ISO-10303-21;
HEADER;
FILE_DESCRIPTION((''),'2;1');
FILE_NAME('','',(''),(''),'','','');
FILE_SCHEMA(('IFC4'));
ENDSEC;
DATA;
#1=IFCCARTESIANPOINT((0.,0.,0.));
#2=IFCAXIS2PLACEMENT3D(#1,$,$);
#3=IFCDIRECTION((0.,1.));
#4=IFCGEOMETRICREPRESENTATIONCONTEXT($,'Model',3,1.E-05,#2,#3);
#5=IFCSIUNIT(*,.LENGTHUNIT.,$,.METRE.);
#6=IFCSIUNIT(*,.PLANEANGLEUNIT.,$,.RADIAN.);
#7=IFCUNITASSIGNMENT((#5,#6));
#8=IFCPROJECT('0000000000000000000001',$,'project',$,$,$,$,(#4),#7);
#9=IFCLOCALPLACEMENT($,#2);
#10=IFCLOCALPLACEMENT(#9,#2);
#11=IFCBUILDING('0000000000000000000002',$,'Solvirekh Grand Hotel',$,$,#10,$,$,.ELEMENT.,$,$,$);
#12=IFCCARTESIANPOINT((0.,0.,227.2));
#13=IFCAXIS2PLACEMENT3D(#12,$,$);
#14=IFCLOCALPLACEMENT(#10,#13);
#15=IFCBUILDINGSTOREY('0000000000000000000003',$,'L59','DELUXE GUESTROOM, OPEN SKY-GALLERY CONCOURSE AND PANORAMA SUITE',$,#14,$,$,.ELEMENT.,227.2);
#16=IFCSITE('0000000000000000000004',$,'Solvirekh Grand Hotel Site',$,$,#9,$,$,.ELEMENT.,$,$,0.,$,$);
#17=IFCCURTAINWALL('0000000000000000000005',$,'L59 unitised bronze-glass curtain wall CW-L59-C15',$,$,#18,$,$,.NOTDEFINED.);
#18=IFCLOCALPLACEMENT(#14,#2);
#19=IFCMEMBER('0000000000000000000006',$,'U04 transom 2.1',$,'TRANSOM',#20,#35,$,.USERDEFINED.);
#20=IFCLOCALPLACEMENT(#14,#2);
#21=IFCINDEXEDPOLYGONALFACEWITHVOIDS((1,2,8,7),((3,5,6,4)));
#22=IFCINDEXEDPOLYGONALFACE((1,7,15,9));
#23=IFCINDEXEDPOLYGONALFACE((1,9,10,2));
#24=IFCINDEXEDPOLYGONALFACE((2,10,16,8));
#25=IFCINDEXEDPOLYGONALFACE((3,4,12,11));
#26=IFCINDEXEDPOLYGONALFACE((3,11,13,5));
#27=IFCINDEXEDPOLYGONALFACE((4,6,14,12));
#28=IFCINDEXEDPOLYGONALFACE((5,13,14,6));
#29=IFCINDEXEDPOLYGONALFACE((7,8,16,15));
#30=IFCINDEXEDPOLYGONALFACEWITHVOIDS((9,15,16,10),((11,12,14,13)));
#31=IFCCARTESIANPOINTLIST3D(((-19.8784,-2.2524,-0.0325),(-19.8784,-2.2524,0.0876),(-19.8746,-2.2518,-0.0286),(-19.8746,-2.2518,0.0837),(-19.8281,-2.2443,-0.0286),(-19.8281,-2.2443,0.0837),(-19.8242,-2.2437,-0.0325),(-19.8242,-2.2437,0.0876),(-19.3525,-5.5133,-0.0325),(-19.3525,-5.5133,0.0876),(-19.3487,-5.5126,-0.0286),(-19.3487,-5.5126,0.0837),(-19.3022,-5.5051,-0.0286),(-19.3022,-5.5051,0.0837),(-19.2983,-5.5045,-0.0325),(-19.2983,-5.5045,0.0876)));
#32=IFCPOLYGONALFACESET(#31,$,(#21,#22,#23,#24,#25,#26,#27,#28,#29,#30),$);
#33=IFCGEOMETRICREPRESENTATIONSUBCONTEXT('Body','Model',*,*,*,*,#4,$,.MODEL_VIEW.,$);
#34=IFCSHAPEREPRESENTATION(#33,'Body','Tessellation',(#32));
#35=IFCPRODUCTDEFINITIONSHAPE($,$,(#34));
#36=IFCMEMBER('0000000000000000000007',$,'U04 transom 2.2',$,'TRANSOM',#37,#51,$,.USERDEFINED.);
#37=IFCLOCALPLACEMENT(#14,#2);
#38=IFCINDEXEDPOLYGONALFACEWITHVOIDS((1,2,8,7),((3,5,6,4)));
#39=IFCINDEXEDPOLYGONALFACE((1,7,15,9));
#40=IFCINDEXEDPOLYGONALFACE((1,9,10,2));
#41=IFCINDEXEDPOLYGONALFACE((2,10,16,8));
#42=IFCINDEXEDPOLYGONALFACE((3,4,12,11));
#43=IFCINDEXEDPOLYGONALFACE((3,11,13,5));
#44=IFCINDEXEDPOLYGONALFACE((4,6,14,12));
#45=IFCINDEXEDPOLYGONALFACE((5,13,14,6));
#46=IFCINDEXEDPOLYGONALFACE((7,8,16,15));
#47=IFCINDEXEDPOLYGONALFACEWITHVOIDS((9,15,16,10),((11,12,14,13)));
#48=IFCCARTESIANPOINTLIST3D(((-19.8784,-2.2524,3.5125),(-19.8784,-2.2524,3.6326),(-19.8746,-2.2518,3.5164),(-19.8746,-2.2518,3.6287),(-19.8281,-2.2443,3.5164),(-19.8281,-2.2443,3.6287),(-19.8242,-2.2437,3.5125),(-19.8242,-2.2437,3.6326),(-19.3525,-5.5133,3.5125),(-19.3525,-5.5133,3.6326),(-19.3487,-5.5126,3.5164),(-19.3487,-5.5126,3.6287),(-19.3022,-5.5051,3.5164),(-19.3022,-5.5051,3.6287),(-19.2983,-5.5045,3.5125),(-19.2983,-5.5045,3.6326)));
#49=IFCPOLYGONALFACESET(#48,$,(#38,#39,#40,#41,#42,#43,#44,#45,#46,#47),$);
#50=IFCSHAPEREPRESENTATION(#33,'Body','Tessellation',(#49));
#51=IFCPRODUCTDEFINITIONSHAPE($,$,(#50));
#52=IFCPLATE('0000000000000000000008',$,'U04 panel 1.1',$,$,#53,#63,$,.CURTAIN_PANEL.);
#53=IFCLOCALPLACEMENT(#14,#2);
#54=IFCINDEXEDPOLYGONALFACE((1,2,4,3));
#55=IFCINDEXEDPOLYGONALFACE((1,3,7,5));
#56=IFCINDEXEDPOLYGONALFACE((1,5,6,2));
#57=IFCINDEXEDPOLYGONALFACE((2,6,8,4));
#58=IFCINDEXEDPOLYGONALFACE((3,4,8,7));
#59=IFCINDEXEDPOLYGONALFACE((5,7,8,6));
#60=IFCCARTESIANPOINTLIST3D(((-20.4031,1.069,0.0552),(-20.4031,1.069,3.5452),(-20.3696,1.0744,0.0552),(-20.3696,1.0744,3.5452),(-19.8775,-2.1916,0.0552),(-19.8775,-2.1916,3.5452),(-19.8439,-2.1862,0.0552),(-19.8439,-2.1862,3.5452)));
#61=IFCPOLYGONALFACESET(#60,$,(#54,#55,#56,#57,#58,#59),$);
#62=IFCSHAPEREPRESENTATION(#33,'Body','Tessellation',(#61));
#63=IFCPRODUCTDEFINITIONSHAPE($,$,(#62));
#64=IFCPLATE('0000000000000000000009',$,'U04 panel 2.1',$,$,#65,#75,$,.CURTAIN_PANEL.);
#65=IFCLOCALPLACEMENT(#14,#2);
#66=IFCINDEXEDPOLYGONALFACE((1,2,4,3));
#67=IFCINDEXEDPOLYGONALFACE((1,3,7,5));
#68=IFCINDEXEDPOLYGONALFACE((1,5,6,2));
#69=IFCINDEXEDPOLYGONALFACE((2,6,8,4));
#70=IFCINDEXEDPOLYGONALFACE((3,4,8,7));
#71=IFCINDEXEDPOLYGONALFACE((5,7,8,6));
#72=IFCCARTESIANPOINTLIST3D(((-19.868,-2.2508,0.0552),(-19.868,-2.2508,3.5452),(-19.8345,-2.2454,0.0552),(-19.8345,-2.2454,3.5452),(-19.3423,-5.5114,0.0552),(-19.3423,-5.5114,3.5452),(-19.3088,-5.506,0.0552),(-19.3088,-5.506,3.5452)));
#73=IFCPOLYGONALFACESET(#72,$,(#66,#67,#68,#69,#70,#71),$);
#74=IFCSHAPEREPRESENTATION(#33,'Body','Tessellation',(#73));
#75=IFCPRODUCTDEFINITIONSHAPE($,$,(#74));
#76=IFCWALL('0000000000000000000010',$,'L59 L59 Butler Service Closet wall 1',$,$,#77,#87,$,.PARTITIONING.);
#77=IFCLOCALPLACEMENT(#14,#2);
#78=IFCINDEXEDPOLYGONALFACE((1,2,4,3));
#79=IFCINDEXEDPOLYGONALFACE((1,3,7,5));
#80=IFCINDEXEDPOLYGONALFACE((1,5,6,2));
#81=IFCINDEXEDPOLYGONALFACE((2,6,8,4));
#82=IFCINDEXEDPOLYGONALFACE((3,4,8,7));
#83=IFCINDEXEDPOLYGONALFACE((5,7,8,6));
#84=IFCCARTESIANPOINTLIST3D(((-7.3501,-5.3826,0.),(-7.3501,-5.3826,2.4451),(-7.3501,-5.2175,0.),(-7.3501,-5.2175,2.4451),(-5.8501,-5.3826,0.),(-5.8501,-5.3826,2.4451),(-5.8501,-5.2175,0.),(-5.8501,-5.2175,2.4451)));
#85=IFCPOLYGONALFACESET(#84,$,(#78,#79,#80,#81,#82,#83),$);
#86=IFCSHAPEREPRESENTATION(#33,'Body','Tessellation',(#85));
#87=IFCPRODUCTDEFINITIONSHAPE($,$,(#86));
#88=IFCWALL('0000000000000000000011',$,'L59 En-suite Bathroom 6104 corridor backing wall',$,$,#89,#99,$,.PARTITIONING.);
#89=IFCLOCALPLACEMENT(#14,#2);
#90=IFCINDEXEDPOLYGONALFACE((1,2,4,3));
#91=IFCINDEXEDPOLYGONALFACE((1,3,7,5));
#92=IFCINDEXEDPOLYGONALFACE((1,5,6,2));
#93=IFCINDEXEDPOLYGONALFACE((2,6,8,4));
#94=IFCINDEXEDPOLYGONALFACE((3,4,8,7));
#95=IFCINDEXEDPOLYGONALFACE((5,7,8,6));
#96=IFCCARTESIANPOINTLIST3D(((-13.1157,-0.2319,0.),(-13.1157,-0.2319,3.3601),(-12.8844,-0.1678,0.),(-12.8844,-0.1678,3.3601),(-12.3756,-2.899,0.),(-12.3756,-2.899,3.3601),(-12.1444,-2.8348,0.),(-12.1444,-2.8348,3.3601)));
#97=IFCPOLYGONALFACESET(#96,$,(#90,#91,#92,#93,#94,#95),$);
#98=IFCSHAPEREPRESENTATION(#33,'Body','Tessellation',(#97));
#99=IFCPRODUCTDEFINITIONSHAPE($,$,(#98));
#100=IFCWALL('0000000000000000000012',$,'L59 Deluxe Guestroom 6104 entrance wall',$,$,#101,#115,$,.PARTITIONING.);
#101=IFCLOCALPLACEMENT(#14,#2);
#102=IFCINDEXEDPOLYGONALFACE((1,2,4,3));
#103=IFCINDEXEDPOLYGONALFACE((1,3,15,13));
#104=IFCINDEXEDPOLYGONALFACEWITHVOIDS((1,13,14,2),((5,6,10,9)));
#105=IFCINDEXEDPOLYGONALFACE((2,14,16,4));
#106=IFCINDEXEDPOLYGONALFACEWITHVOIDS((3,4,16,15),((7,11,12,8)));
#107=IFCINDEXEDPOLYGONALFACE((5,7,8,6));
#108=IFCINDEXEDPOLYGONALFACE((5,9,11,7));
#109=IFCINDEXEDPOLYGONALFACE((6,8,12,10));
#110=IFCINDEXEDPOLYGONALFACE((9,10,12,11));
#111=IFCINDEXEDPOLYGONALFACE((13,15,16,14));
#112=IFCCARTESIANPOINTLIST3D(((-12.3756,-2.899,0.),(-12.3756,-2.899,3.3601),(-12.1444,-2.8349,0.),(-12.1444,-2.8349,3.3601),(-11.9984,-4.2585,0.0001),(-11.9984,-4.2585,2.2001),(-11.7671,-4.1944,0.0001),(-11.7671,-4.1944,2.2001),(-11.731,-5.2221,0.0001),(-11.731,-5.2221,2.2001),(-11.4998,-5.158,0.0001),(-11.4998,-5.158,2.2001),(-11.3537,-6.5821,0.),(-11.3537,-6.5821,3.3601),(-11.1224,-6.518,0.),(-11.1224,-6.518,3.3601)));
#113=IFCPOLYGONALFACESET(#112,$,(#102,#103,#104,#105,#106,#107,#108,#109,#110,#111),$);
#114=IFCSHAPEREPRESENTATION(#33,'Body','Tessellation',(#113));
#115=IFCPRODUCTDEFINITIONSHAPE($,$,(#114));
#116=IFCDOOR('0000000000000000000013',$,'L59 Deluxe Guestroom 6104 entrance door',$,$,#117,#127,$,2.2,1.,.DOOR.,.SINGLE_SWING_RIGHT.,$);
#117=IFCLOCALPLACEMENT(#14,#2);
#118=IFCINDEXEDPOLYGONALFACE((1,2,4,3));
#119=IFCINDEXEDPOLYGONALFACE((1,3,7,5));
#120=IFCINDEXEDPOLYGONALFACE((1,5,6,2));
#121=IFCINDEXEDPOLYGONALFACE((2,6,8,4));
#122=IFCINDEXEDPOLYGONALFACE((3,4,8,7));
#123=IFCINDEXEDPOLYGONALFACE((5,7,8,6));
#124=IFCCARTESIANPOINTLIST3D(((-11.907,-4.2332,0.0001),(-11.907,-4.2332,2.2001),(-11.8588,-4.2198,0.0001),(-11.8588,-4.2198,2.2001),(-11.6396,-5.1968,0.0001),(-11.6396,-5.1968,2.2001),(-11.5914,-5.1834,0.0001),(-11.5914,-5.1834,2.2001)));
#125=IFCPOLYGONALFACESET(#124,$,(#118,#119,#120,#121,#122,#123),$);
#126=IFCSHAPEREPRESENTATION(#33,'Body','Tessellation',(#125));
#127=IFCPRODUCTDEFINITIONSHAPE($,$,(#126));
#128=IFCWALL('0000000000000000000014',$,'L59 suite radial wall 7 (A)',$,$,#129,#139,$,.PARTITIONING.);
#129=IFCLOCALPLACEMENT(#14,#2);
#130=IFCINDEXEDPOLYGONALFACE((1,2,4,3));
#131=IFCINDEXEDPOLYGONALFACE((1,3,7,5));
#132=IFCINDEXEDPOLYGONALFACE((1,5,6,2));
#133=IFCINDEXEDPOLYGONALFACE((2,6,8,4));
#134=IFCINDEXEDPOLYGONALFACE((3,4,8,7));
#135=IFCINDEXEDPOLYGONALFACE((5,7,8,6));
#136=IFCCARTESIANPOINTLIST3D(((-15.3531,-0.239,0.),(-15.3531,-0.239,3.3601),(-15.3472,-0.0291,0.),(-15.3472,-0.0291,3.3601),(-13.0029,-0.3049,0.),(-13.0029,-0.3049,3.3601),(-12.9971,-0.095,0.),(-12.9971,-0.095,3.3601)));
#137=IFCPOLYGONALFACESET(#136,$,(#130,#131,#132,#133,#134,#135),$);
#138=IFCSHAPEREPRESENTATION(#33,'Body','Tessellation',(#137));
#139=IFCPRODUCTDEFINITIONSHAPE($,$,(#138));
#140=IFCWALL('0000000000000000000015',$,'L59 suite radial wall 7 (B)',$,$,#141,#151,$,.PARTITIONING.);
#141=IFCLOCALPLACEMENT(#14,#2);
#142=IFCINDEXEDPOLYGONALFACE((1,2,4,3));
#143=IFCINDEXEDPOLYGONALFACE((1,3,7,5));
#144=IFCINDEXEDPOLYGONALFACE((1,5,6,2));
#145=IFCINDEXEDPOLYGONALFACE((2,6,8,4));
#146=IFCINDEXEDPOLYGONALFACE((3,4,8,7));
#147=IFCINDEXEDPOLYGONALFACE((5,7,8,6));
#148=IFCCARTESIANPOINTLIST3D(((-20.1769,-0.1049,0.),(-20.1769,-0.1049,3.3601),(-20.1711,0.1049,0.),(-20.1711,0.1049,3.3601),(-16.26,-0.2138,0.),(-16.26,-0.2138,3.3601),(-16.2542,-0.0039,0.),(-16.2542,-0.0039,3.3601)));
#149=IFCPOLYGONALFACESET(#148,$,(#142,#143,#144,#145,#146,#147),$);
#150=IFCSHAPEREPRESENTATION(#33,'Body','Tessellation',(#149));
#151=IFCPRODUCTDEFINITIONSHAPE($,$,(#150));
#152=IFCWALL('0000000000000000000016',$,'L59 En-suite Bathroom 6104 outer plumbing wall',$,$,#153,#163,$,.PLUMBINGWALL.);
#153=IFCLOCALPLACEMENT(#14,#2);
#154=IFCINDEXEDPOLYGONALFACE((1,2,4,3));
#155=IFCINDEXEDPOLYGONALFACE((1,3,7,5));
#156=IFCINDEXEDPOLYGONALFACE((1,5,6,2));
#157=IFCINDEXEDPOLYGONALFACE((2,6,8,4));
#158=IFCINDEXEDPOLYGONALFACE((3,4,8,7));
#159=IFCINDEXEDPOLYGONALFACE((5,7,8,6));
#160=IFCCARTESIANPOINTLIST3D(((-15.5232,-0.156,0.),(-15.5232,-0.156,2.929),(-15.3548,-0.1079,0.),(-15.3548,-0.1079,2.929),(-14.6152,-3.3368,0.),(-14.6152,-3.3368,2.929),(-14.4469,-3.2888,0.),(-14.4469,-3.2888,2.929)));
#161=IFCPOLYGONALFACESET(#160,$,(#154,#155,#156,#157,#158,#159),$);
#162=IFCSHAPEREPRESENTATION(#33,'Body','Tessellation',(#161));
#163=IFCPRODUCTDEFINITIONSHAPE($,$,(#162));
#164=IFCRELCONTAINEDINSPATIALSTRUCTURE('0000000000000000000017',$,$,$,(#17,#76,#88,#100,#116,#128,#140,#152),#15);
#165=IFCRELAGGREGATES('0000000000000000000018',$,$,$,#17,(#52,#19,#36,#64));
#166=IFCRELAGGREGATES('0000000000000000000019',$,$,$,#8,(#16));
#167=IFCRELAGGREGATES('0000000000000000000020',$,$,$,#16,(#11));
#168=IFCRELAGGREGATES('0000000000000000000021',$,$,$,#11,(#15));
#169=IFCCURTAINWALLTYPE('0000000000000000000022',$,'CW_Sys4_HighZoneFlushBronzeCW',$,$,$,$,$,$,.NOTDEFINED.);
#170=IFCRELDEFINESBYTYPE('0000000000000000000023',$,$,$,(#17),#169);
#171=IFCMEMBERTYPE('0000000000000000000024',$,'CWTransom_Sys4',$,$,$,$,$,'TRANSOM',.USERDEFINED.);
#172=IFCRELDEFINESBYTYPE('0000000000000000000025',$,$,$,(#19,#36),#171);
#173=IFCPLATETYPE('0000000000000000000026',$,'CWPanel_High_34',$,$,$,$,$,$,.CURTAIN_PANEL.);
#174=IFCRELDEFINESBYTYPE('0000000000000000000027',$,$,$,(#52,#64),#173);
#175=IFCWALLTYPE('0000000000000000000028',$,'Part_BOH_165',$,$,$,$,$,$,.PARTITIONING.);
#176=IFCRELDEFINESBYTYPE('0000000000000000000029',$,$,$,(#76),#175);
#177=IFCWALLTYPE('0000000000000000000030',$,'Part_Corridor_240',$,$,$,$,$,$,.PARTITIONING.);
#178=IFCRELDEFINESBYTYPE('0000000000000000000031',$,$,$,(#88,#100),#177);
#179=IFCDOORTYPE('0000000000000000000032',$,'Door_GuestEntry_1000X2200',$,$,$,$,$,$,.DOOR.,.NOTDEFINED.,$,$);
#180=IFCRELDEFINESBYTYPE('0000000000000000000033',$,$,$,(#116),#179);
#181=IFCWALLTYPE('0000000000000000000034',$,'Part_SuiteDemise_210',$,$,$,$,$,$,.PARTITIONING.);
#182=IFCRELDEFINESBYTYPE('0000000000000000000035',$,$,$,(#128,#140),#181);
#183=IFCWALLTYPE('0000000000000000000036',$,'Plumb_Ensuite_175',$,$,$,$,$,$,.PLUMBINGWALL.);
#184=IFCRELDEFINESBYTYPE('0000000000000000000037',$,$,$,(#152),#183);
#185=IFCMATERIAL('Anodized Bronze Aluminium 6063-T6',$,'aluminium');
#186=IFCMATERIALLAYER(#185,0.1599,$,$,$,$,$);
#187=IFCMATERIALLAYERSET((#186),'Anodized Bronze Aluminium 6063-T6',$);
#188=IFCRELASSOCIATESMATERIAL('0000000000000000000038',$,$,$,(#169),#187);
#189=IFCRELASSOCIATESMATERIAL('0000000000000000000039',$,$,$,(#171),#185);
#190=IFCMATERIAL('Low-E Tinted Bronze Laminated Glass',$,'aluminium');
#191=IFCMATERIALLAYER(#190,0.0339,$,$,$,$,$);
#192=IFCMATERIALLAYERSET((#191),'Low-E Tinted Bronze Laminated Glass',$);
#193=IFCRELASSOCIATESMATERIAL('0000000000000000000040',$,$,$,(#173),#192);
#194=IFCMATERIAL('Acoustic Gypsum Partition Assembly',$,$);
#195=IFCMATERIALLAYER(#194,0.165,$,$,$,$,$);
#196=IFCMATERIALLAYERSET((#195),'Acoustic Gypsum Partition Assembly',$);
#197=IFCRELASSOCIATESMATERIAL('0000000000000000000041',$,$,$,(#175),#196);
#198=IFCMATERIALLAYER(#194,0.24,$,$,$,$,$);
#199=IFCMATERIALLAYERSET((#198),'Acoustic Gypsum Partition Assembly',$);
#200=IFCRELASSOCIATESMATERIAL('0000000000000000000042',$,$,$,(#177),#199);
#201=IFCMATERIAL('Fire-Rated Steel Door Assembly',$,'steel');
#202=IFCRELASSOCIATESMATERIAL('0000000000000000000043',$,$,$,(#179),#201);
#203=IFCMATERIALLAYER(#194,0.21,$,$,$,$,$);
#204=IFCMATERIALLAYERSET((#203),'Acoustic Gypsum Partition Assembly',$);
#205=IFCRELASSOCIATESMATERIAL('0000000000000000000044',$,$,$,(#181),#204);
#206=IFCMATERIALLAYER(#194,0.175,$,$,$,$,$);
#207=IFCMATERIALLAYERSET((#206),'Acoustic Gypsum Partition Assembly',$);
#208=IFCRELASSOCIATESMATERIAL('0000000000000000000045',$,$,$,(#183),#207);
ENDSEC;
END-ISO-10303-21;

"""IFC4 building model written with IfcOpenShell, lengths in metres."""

from ifc_helpers import new_model, si_unit, direction, frame, frame_2d, origin, origin_2d, place, context, subcontext, project, spatial, rectangle, hollow_rectangle, extrude, source, transform, mapped, material, layer, layer_set, material_profile, profile_set, type_object, element, fill, aggregate, save


model = new_model("IFC4")

# Units and contexts
model_context = context("Model", 3, precision=1e-05, world=origin(), true_north=direction((0.0, 1.0)))
body_context = subcontext(model_context, "Body", "Model", "MODEL_VIEW")
ifc_project = project(units=[si_unit("LENGTHUNIT", "METRE"), si_unit("PLANEANGLEUNIT", "RADIAN")], contexts=[model_context])

# Site, building, storey
site_placement = place(None, origin())
site = spatial("IfcSite", under=ifc_project, at=site_placement, Name="Solvirekh Grand Hotel Site", CompositionType="ELEMENT", RefElevation=0.0)
building_placement = place(site_placement, origin())
building = spatial("IfcBuilding", under=site, at=building_placement, Name="Solvirekh Grand Hotel", CompositionType="ELEMENT")
storey_placement = place(building_placement, frame((0.0, 0.0, 227.2)))
storey = spatial("IfcBuildingStorey", under=building, at=storey_placement, Name="L59", Description="DELUXE GUESTROOM, OPEN SKY-GALLERY CONCOURSE AND PANORAMA SUITE", CompositionType="ELEMENT", Elevation=227.2)

# Curtain wall, members, plates
ifc_material_1 = material(Name="Anodized Bronze Aluminium 6063-T6", Category="aluminium")
ifc_layer_1 = layer(ifc_material_1, 0.1599)
ifc_layer_set_1 = layer_set([ifc_layer_1], Name="Anodized Bronze Aluminium 6063-T6")
curtain_wall_type = type_object("IfcCurtainWallType", Name="CW_Sys4_HighZoneFlushBronzeCW", PredefinedType="NOTDEFINED", material=ifc_layer_set_1)
curtain_wall_placement = place(storey_placement, origin())
curtain_wall = element("IfcCurtainWall", 1, at=curtain_wall_placement, inside=storey, type_object=curtain_wall_type, Name="L59 unitised bronze-glass curtain wall CW-L59-C15", PredefinedType="NOTDEFINED")
ifc_material_profile_1 = material_profile(ifc_material_1, hollow_rectangle(XDim=0.0549, YDim=0.1201, WallThickness=0.0039, at=origin_2d()), Name="ALU RHS 120X55X4")
ifc_profile_set_1 = profile_set([ifc_material_profile_1], Name="Anodized Bronze Aluminium 6063-T6")
member_type_1 = type_object("IfcMemberType", Name="CWTransom_Sys4", ElementType="TRANSOM", PredefinedType="USERDEFINED", material=ifc_profile_set_1)
shared_shape_1 = source(origin(), body_context, "Body", "SweptSolid", [
    extrude(hollow_rectangle(XDim=0.0549, YDim=0.1201, WallThickness=0.0039, at=origin_2d()), origin(), (0.0, 0.0, 1.0), 3.303),
])
member_1_placement = place(storey_placement, frame((-19.8513, -2.248, 0.0276), z_axis=(0.159218, -0.987243, 0.0), x_axis=(0.987243, 0.159218, 0.0)))
member_1 = element("IfcMember", 2, at=member_1_placement, type_object=member_type_1, Name="U04 transom 2.1", ObjectType="TRANSOM", PredefinedType="USERDEFINED", context=body_context, shape_type="MappedRepresentation", body=[
    mapped(shared_shape_1, transform((0.0, 0.0, 0.0), x_axis=(1.0, 0.0, 0.0), y_axis=(0.0, 1.0, 0.0), z_axis=(0.0, 0.0, 1.0), scale=1.0)),
])
member_2_placement = place(storey_placement, frame((-19.8513, -2.248, 3.5725), z_axis=(0.159218, -0.987243, 0.0), x_axis=(0.987243, 0.159218, 0.0)))
member_2 = element("IfcMember", 3, at=member_2_placement, type_object=member_type_1, Name="U04 transom 2.2", ObjectType="TRANSOM", PredefinedType="USERDEFINED", context=body_context, shape_type="MappedRepresentation", body=[
    mapped(shared_shape_1, transform((0.0, 0.0, 0.0), x_axis=(1.0, 0.0, 0.0), y_axis=(0.0, 1.0, 0.0), z_axis=(0.0, 0.0, 1.0), scale=1.0)),
])
ifc_material_2 = material(Name="Low-E Tinted Bronze Laminated Glass", Category="aluminium")
ifc_layer_2 = layer(ifc_material_2, 0.0339)
ifc_layer_set_2 = layer_set([ifc_layer_2], Name="Low-E Tinted Bronze Laminated Glass")
plate_type = type_object("IfcPlateType", Name="CWPanel_High_34", PredefinedType="CURTAIN_PANEL", material=ifc_layer_set_2)
shared_shape_2 = source(origin(), body_context, "Body", "SweptSolid", [
    extrude(rectangle(XDim=3.3027, YDim=0.0339, at=origin_2d()), origin(), (0.0, 0.0, 1.0), 3.49),
])
plate_1_placement = place(storey_placement, frame((-20.1235, -0.5586, 0.0552), z_axis=(0.0, 0.0, 1.0), x_axis=(0.159163, -0.987252, 0.0)))
plate_1 = element("IfcPlate", 4, at=plate_1_placement, type_object=plate_type, Name="U04 panel 1.1", PredefinedType="CURTAIN_PANEL", context=body_context, shape_type="MappedRepresentation", body=[
    mapped(shared_shape_2, transform((0.0, 0.0, 0.0), x_axis=(1.0, 0.0, 0.0), y_axis=(0.0, 1.0, 0.0), z_axis=(0.0, 0.0, 1.0), scale=1.0)),
])
plate_2_placement = place(storey_placement, frame((-19.5884, -3.8784, 0.0552), z_axis=(0.0, 0.0, 1.0), x_axis=(0.159163, -0.987252, 0.0)))
plate_2 = element("IfcPlate", 5, at=plate_2_placement, type_object=plate_type, Name="U04 panel 2.1", PredefinedType="CURTAIN_PANEL", context=body_context, shape_type="MappedRepresentation", body=[
    mapped(shared_shape_2, transform((0.0, 0.0, 0.0), x_axis=(1.0, 0.0, 0.0), y_axis=(0.0, 1.0, 0.0), z_axis=(0.0, 0.0, 1.0), scale=1.0)),
])
aggregate(curtain_wall, [plate_1, member_1, member_2, plate_2])

# Walls
ifc_material_3 = material(Name="Acoustic Gypsum Partition Assembly")
ifc_layer_3 = layer(ifc_material_3, 0.165)
ifc_layer_set_3 = layer_set([ifc_layer_3], Name="Acoustic Gypsum Partition Assembly")
wall_type_1 = type_object("IfcWallType", Name="Part_BOH_165", PredefinedType="PARTITIONING", material=ifc_layer_set_3)
wall_1_placement = place(storey_placement, frame((-7.3501, -5.3, 0.0), z_axis=(0.0, 0.0, 1.0), x_axis=(1.0, 0.0, 0.0)))
element("IfcWall", 6, at=wall_1_placement, inside=storey, type_object=wall_type_1, Name="L59 L59 Butler Service Closet wall 1", PredefinedType="PARTITIONING", context=body_context, shape_type="SweptSolid", body=[
    extrude(rectangle(XDim=1.5, YDim=0.165, at=frame_2d((0.75, 0.0))), origin(), (0.0, 0.0, 1.0), 2.4451),
])
ifc_layer_4 = layer(ifc_material_3, 0.24)
ifc_layer_set_4 = layer_set([ifc_layer_4], Name="Acoustic Gypsum Partition Assembly")
wall_type_2 = type_object("IfcWallType", Name="Part_Corridor_240", PredefinedType="PARTITIONING", material=ifc_layer_set_4)
wall_2_placement = place(storey_placement, frame((-13.0, -0.2, 0.0), z_axis=(0.0, 0.0, 1.0), x_axis=(0.267362, -0.963596, 0.0)))
element("IfcWall", 7, at=wall_2_placement, inside=storey, type_object=wall_type_2, Name="L59 En-suite Bathroom 6104 corridor backing wall", PredefinedType="PARTITIONING", context=body_context, shape_type="SweptSolid", body=[
    extrude(rectangle(XDim=2.7678, YDim=0.24, at=frame_2d((1.3838, 0.0))), origin(), (0.0, 0.0, 1.0), 3.3601),
])

# Wall, opening, door
wall_3_placement = place(storey_placement, frame((-12.26, -2.8669, 0.0), z_axis=(0.0, 0.0, 1.0), x_axis=(0.267374, -0.963593, 0.0)))
wall_3 = element("IfcWall", 8, at=wall_3_placement, inside=storey, type_object=wall_type_2, Name="L59 Deluxe Guestroom 6104 entrance wall", PredefinedType="PARTITIONING", context=body_context, shape_type="SweptSolid", body=[
    extrude(rectangle(XDim=3.8223, YDim=0.24, at=frame_2d((1.9111, 0.0))), origin(), (0.0, 0.0, 1.0), 3.3601),
])
opening_1_placement = place(wall_3_placement, frame((1.4109, 0.0, 0.0)))
opening_1 = element("IfcOpeningElement", 9, at=opening_1_placement, cuts=wall_3, PredefinedType="OPENING", context=body_context, shape_type="SweptSolid", body=[
    extrude(rectangle(XDim=1.0, YDim=2.2, at=frame_2d((0.5, 1.1001))), frame((0.0, 0.1299, 0.0), z_axis=(0.0, -1.0, 0.0), x_axis=(1.0, 0.0, 0.0)), (0.0, 0.0, 1.0), 0.26),
])
ifc_material_4 = material(Name="Fire-Rated Steel Door Assembly", Category="steel")
door_type_1 = type_object("IfcDoorType", Name="Door_GuestEntry_1000X2200", OperationType="NOTDEFINED", PredefinedType="DOOR", material=ifc_material_4)
door_1_placement = place(opening_1_placement, origin())
door_1 = element("IfcDoor", 10, at=door_1_placement, inside=storey, type_object=door_type_1, Name="L59 Deluxe Guestroom 6104 entrance door", OperationType="SINGLE_SWING_RIGHT", OverallHeight=2.2, OverallWidth=1.0, PredefinedType="DOOR", context=body_context, shape_type="SweptSolid", body=[
    extrude(rectangle(XDim=1.0, YDim=2.2, at=frame_2d((0.5, 1.1001))), frame((0.0, 0.0249, 0.0), z_axis=(0.0, -1.0, 0.0), x_axis=(1.0, 0.0, 0.0)), (0.0, 0.0, 1.0), 0.05),
])
fill(opening_1, door_1)

# Walls
ifc_layer_5 = layer(ifc_material_3, 0.21)
ifc_layer_set_5 = layer_set([ifc_layer_5], Name="Acoustic Gypsum Partition Assembly")
wall_type_3 = type_object("IfcWallType", Name="Part_SuiteDemise_210", PredefinedType="PARTITIONING", material=ifc_layer_set_5)
wall_4_placement = place(storey_placement, frame((-13.0, -0.2, 0.0), z_axis=(0.0, 0.0, 1.0), x_axis=(-0.999607, 0.028038, 0.0)))
element("IfcWall", 11, at=wall_4_placement, inside=storey, type_object=wall_type_3, Name="L59 suite radial wall 7 (A)", PredefinedType="PARTITIONING", context=body_context, shape_type="SweptSolid", body=[
    extrude(rectangle(XDim=2.3511, YDim=0.21, at=frame_2d((1.1755, 0.0))), origin(), (0.0, 0.0, 1.0), 3.3601),
])
wall_5_placement = place(storey_placement, frame((-16.2571, -0.1089, 0.0), z_axis=(0.0, 0.0, 1.0), x_axis=(-0.999614, 0.027788, 0.0)))
element("IfcWall", 12, at=wall_5_placement, inside=storey, type_object=wall_type_3, Name="L59 suite radial wall 7 (B)", PredefinedType="PARTITIONING", context=body_context, shape_type="SweptSolid", body=[
    extrude(rectangle(XDim=3.9185, YDim=0.21, at=frame_2d((1.9592, 0.0))), origin(), (0.0, 0.0, 1.0), 3.3601),
])
ifc_layer_6 = layer(ifc_material_3, 0.175)
ifc_layer_set_6 = layer_set([ifc_layer_6], Name="Acoustic Gypsum Partition Assembly")
wall_type_4 = type_object("IfcWallType", Name="Plumb_Ensuite_175", PredefinedType="PLUMBINGWALL", material=ifc_layer_set_6)
wall_6_placement = place(storey_placement, frame((-15.439, -0.1321, 0.0), z_axis=(0.0, 0.0, 1.0), x_axis=(0.274477, -0.961594, 0.0)))
element("IfcWall", 13, at=wall_6_placement, inside=storey, type_object=wall_type_4, Name="L59 En-suite Bathroom 6104 outer plumbing wall", PredefinedType="PLUMBINGWALL", context=body_context, shape_type="SweptSolid", body=[
    extrude(rectangle(XDim=3.3079, YDim=0.175, at=frame_2d((1.6538, 0.0))), origin(), (0.0, 0.0, 1.0), 2.929),
])

save(model, "model.ifc")
